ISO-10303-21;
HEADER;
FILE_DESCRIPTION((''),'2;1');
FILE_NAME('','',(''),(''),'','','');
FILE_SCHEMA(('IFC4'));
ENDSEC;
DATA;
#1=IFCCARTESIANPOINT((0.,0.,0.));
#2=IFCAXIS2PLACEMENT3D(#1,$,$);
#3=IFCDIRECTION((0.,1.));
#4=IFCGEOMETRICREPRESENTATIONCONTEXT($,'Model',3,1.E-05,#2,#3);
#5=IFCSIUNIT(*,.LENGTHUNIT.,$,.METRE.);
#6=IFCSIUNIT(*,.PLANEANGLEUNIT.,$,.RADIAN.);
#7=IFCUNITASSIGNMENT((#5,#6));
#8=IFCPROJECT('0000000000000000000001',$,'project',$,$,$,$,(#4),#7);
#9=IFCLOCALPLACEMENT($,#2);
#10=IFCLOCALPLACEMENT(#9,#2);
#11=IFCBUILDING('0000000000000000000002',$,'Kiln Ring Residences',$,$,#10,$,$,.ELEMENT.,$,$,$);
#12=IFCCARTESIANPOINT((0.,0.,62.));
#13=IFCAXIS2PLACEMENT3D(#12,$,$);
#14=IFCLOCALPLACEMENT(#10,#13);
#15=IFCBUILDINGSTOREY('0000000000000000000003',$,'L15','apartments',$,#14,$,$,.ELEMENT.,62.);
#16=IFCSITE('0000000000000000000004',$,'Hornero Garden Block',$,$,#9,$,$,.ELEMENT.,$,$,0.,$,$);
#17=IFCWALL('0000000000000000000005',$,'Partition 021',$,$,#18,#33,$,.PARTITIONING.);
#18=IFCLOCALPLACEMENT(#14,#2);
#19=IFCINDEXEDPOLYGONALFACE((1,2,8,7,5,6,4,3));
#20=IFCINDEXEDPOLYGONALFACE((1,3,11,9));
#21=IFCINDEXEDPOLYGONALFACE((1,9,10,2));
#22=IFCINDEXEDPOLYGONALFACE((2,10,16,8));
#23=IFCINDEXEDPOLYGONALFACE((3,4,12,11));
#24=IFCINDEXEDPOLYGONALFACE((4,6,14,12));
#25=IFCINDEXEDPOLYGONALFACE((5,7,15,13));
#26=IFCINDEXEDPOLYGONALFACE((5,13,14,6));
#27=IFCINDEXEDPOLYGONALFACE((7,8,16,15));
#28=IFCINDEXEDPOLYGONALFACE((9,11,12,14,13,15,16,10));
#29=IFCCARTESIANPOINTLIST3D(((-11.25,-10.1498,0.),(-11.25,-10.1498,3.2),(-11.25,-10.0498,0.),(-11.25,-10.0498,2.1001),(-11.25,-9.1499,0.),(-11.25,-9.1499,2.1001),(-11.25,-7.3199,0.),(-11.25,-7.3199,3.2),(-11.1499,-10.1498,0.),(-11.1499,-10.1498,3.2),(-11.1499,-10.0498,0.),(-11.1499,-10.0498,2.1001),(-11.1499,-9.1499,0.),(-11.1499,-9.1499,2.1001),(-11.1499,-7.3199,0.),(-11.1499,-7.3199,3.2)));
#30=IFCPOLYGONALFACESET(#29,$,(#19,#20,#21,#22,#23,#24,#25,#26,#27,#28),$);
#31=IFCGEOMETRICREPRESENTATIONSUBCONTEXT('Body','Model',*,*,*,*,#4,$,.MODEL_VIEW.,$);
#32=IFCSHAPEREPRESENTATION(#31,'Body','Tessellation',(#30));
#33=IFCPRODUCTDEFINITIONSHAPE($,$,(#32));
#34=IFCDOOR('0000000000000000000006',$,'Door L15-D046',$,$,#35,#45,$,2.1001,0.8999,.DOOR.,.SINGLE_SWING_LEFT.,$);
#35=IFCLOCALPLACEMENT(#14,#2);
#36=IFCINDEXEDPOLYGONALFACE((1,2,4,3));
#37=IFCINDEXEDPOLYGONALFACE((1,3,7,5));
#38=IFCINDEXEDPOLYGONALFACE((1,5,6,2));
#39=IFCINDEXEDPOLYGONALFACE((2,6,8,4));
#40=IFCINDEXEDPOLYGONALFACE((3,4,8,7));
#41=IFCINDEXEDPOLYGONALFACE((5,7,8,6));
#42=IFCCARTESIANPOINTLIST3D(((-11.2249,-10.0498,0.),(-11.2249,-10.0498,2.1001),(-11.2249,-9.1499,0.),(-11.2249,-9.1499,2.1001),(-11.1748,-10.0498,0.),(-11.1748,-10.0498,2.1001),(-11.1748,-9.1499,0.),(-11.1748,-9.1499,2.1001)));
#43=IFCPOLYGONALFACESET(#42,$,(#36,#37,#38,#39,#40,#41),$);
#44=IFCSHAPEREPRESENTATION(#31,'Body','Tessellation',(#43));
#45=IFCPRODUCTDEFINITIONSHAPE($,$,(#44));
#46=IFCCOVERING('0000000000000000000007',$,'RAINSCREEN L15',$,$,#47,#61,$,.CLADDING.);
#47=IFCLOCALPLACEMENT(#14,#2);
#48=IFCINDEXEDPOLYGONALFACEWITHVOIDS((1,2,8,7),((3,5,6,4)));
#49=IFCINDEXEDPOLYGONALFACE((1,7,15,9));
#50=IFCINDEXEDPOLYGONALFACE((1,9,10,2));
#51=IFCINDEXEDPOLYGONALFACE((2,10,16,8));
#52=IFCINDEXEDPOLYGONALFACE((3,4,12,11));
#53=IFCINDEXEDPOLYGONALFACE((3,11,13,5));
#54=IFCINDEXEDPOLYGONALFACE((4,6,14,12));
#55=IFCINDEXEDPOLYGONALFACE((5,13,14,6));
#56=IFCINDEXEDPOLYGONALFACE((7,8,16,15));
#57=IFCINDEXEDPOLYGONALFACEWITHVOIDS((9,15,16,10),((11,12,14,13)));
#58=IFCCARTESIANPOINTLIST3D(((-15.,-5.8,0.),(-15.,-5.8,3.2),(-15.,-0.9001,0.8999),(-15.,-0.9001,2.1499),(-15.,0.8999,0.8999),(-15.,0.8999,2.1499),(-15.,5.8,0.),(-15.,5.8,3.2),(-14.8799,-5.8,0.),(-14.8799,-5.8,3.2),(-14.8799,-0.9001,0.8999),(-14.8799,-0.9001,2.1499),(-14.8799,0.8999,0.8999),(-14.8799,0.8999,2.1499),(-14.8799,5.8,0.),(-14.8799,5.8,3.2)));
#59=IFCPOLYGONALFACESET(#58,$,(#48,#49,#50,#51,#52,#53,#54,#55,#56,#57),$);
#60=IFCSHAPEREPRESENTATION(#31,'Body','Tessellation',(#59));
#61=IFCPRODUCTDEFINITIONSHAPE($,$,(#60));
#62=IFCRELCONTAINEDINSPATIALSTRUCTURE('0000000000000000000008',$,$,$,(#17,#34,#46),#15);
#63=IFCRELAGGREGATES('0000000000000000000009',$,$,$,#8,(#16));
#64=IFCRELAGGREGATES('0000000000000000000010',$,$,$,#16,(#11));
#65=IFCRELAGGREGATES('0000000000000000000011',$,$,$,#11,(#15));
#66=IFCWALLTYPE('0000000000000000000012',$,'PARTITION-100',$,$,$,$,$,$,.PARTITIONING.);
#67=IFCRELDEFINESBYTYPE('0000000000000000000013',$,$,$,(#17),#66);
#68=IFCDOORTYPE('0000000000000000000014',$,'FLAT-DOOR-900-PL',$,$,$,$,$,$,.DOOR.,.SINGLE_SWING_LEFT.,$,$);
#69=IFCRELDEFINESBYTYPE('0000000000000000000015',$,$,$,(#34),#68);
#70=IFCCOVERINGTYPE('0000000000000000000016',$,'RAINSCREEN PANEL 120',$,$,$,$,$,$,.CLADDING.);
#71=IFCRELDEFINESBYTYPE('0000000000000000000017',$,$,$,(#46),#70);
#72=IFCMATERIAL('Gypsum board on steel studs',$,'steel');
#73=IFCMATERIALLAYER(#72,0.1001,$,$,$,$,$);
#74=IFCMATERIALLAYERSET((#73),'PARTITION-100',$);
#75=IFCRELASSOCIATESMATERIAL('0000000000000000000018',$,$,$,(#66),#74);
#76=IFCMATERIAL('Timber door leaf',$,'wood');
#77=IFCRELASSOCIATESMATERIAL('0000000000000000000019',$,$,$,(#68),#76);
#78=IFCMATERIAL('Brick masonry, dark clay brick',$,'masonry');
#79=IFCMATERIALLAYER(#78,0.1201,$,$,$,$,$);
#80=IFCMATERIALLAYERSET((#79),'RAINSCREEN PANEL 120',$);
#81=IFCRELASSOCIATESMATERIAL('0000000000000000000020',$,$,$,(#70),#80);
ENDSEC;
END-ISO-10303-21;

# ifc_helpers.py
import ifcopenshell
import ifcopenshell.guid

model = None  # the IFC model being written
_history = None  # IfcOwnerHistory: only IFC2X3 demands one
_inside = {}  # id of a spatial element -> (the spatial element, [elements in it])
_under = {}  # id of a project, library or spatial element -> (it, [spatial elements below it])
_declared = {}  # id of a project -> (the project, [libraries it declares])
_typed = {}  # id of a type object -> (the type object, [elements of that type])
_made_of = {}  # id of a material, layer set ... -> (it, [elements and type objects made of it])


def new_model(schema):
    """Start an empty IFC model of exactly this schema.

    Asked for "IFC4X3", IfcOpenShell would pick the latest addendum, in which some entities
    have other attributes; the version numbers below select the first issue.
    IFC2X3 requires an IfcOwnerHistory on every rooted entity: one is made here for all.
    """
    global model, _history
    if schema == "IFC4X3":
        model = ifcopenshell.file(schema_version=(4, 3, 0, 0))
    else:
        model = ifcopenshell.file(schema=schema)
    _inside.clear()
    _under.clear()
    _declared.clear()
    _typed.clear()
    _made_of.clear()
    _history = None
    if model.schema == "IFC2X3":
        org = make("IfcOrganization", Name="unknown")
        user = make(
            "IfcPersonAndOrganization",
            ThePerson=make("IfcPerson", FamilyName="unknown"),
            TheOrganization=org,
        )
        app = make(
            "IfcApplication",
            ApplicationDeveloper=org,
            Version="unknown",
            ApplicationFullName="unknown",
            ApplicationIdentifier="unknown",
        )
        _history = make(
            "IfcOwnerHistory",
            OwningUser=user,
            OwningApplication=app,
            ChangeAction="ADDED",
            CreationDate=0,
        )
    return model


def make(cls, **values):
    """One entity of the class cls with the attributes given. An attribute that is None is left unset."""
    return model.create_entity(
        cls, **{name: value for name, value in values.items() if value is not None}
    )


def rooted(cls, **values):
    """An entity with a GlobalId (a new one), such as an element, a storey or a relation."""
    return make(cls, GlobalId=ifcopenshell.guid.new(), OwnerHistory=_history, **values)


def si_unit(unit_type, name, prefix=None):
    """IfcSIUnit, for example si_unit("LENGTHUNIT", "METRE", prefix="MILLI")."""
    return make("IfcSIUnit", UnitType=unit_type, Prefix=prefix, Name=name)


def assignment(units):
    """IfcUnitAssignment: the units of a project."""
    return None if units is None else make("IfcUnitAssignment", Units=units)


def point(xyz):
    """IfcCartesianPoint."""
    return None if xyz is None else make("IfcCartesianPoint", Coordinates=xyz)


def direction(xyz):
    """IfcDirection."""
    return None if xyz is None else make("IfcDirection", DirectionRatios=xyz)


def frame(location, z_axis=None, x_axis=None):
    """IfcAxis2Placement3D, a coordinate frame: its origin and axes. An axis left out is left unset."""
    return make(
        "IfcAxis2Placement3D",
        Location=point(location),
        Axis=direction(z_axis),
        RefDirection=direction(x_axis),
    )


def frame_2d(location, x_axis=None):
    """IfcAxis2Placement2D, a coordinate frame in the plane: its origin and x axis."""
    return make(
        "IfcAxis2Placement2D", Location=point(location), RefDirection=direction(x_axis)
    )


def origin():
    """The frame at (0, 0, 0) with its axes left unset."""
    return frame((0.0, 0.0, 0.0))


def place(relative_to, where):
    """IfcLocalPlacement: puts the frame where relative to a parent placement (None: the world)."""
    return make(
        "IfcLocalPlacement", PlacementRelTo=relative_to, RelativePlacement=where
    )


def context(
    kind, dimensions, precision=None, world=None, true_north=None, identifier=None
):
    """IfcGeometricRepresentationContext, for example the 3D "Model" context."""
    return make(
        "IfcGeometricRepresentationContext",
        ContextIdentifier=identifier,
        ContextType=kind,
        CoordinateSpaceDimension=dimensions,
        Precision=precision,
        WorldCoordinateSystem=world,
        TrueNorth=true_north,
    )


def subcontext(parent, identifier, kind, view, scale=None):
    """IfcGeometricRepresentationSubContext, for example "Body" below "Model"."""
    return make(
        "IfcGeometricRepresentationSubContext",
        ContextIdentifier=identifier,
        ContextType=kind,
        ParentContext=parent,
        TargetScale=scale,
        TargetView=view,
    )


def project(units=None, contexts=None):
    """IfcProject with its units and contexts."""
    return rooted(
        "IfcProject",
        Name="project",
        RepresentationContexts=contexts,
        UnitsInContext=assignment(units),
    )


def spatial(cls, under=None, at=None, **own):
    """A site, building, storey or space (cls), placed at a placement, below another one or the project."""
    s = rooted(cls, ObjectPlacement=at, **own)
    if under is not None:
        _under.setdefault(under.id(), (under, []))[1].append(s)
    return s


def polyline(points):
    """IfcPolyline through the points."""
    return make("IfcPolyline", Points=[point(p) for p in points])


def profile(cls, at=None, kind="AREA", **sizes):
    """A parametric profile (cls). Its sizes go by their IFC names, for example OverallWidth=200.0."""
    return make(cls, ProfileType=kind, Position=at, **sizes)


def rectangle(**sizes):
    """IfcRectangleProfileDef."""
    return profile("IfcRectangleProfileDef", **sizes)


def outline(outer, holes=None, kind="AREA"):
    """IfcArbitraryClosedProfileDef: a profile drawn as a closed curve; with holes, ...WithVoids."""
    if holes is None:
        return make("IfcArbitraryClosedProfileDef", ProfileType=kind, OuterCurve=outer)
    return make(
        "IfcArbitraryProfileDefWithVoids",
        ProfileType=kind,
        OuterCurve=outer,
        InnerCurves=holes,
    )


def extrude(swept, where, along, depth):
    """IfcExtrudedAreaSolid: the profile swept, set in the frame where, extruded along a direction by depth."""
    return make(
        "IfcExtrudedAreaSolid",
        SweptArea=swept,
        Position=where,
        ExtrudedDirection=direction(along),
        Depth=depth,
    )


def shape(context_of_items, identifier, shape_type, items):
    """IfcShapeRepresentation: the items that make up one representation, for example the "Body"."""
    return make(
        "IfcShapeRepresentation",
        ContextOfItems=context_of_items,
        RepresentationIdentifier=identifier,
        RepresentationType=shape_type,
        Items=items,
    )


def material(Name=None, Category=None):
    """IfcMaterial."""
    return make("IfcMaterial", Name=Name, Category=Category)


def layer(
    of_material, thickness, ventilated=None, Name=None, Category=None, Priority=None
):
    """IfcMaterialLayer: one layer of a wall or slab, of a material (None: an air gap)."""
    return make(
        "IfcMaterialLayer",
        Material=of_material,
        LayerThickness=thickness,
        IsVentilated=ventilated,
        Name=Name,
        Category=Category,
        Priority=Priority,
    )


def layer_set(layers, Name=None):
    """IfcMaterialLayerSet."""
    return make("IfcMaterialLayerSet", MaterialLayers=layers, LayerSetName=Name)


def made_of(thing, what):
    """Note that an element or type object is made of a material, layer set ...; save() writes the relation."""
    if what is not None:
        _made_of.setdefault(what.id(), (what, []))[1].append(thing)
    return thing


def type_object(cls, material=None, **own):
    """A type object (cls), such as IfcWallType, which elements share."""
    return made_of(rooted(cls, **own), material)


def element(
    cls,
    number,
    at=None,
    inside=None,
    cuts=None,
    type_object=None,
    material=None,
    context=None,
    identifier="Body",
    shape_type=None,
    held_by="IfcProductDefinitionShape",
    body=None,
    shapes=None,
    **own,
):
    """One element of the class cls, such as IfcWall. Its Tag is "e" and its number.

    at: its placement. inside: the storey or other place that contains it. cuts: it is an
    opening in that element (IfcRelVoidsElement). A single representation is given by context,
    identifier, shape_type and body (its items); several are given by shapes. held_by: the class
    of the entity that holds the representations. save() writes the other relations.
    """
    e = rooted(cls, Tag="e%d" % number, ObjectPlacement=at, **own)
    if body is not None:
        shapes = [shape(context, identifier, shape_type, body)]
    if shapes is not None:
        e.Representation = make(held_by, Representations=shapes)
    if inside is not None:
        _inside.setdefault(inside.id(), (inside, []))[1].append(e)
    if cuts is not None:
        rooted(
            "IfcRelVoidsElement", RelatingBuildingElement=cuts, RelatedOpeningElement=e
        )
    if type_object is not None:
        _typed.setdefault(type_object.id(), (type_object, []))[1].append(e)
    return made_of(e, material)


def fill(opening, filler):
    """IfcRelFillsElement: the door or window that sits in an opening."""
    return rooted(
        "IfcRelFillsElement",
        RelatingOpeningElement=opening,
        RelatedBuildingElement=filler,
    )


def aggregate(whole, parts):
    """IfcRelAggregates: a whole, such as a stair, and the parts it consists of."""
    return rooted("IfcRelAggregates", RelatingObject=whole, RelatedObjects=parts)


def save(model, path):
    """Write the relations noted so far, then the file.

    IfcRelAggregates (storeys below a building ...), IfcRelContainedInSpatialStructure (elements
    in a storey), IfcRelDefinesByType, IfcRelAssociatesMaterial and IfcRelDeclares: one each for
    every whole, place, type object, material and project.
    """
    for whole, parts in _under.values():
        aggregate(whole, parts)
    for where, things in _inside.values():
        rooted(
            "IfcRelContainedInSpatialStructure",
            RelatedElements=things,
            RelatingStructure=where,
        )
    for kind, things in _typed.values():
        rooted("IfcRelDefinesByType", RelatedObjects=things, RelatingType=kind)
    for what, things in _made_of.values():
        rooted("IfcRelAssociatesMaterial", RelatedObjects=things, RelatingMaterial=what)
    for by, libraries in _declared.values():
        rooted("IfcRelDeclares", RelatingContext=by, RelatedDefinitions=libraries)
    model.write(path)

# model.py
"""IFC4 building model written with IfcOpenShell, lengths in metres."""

from ifc_helpers import new_model, si_unit, direction, frame, frame_2d, origin, place, context, subcontext, project, spatial, polyline, rectangle, outline, extrude, material, layer, layer_set, type_object, element, fill, save


model = new_model("IFC4")

# Units and contexts
model_context = context("Model", 3, precision=1e-05, world=origin(), true_north=direction((0.0, 1.0)))
body_context = subcontext(model_context, "Body", "Model", "MODEL_VIEW")
ifc_project = project(units=[si_unit("LENGTHUNIT", "METRE"), si_unit("PLANEANGLEUNIT", "RADIAN")], contexts=[model_context])

# Site, building, storey
site_placement = place(None, origin())
site = spatial("IfcSite", under=ifc_project, at=site_placement, Name="Hornero Garden Block", CompositionType="ELEMENT", RefElevation=0.0)
building_placement = place(site_placement, origin())
building = spatial("IfcBuilding", under=site, at=building_placement, Name="Kiln Ring Residences", CompositionType="ELEMENT")
storey_placement = place(building_placement, frame((0.0, 0.0, 62.0)))
storey = spatial("IfcBuildingStorey", under=building, at=storey_placement, Name="L15", Description="apartments", CompositionType="ELEMENT", Elevation=62.0)

# Shared definitions
ifc_material_1 = material(Name="Gypsum board on steel studs", Category="steel")
ifc_layer_1 = layer(ifc_material_1, 0.1001)
ifc_layer_set_1 = layer_set([ifc_layer_1], Name="PARTITION-100")
wall_type_1 = type_object("IfcWallType", Name="PARTITION-100", PredefinedType="PARTITIONING", material=ifc_layer_set_1)
ifc_material_2 = material(Name="Timber door leaf", Category="wood")
door_type_1 = type_object("IfcDoorType", Name="FLAT-DOOR-900-PL", OperationType="SINGLE_SWING_LEFT", PredefinedType="DOOR", material=ifc_material_2)

# Wall, opening, door
wall_1_placement = place(storey_placement, frame((-11.2, -10.1499, 0.0), z_axis=(0.0, 0.0, 1.0), x_axis=(0.0, 1.0, 0.0)))
wall_1 = element("IfcWall", 1, at=wall_1_placement, inside=storey, type_object=wall_type_1, Name="Partition 021", PredefinedType="PARTITIONING", context=body_context, shape_type="SweptSolid", body=[
    extrude(rectangle(XDim=2.8298, YDim=0.1001, at=frame_2d((1.415, 0.0))), origin(), (0.0, 0.0, 1.0), 3.2),
])
opening_1_placement = place(wall_1_placement, frame((0.1001, 0.0, 0.0)))
opening_1 = element("IfcOpeningElement", 2, at=opening_1_placement, cuts=wall_1, PredefinedType="OPENING", context=body_context, shape_type="SweptSolid", body=[
    extrude(rectangle(XDim=0.8999, YDim=2.1001, at=frame_2d((0.45, 1.05))), frame((0.0, 0.0601, 0.0), z_axis=(0.0, -1.0, 0.0), x_axis=(1.0, 0.0, 0.0)), (0.0, 0.0, 1.0), 0.1201),
])
door_1_placement = place(opening_1_placement, origin())
door_1 = element("IfcDoor", 3, at=door_1_placement, inside=storey, type_object=door_type_1, Name="Door L15-D046", OperationType="SINGLE_SWING_LEFT", OverallHeight=2.1001, OverallWidth=0.8999, PredefinedType="DOOR", context=body_context, shape_type="SweptSolid", body=[
    extrude(rectangle(XDim=0.8999, YDim=2.1001, at=frame_2d((0.45, 1.05))), frame((0.0, 0.0249, 0.0), z_axis=(0.0, -1.0, 0.0), x_axis=(1.0, 0.0, 0.0)), (0.0, 0.0, 1.0), 0.05),
])
fill(opening_1, door_1)

# Covering
ifc_material_3 = material(Name="Brick masonry, dark clay brick", Category="masonry")
ifc_layer_2 = layer(ifc_material_3, 0.1201)
ifc_layer_set_2 = layer_set([ifc_layer_2], Name="RAINSCREEN PANEL 120")
covering_type = type_object("IfcCoveringType", Name="RAINSCREEN PANEL 120", PredefinedType="CLADDING", material=ifc_layer_set_2)
covering_placement = place(storey_placement, frame((-14.9399, -5.8, 0.0), z_axis=(0.0, 0.0, 1.0), x_axis=(0.0, 1.0, 0.0)))
element("IfcCovering", 4, at=covering_placement, inside=storey, type_object=covering_type, Name="RAINSCREEN L15", PredefinedType="CLADDING", context=body_context, shape_type="SweptSolid", body=[
    extrude(outline(polyline([(0.0, 0.0), (11.6001, 0.0), (11.6001, 3.2), (0.0, 3.2), (0.0, 0.0)]), holes=[polyline([(4.8999, 2.1499), (4.8999, 0.8999), (6.7, 0.8999), (6.7, 2.1499), (4.8999, 2.1499)])]), frame((0.0, 0.0601, 0.0), z_axis=(0.0, -1.0, 0.0), x_axis=(1.0, 0.0, 0.0)), (0.0, 0.0, 1.0), 0.1201),
])

save(model, "model.ifc")
